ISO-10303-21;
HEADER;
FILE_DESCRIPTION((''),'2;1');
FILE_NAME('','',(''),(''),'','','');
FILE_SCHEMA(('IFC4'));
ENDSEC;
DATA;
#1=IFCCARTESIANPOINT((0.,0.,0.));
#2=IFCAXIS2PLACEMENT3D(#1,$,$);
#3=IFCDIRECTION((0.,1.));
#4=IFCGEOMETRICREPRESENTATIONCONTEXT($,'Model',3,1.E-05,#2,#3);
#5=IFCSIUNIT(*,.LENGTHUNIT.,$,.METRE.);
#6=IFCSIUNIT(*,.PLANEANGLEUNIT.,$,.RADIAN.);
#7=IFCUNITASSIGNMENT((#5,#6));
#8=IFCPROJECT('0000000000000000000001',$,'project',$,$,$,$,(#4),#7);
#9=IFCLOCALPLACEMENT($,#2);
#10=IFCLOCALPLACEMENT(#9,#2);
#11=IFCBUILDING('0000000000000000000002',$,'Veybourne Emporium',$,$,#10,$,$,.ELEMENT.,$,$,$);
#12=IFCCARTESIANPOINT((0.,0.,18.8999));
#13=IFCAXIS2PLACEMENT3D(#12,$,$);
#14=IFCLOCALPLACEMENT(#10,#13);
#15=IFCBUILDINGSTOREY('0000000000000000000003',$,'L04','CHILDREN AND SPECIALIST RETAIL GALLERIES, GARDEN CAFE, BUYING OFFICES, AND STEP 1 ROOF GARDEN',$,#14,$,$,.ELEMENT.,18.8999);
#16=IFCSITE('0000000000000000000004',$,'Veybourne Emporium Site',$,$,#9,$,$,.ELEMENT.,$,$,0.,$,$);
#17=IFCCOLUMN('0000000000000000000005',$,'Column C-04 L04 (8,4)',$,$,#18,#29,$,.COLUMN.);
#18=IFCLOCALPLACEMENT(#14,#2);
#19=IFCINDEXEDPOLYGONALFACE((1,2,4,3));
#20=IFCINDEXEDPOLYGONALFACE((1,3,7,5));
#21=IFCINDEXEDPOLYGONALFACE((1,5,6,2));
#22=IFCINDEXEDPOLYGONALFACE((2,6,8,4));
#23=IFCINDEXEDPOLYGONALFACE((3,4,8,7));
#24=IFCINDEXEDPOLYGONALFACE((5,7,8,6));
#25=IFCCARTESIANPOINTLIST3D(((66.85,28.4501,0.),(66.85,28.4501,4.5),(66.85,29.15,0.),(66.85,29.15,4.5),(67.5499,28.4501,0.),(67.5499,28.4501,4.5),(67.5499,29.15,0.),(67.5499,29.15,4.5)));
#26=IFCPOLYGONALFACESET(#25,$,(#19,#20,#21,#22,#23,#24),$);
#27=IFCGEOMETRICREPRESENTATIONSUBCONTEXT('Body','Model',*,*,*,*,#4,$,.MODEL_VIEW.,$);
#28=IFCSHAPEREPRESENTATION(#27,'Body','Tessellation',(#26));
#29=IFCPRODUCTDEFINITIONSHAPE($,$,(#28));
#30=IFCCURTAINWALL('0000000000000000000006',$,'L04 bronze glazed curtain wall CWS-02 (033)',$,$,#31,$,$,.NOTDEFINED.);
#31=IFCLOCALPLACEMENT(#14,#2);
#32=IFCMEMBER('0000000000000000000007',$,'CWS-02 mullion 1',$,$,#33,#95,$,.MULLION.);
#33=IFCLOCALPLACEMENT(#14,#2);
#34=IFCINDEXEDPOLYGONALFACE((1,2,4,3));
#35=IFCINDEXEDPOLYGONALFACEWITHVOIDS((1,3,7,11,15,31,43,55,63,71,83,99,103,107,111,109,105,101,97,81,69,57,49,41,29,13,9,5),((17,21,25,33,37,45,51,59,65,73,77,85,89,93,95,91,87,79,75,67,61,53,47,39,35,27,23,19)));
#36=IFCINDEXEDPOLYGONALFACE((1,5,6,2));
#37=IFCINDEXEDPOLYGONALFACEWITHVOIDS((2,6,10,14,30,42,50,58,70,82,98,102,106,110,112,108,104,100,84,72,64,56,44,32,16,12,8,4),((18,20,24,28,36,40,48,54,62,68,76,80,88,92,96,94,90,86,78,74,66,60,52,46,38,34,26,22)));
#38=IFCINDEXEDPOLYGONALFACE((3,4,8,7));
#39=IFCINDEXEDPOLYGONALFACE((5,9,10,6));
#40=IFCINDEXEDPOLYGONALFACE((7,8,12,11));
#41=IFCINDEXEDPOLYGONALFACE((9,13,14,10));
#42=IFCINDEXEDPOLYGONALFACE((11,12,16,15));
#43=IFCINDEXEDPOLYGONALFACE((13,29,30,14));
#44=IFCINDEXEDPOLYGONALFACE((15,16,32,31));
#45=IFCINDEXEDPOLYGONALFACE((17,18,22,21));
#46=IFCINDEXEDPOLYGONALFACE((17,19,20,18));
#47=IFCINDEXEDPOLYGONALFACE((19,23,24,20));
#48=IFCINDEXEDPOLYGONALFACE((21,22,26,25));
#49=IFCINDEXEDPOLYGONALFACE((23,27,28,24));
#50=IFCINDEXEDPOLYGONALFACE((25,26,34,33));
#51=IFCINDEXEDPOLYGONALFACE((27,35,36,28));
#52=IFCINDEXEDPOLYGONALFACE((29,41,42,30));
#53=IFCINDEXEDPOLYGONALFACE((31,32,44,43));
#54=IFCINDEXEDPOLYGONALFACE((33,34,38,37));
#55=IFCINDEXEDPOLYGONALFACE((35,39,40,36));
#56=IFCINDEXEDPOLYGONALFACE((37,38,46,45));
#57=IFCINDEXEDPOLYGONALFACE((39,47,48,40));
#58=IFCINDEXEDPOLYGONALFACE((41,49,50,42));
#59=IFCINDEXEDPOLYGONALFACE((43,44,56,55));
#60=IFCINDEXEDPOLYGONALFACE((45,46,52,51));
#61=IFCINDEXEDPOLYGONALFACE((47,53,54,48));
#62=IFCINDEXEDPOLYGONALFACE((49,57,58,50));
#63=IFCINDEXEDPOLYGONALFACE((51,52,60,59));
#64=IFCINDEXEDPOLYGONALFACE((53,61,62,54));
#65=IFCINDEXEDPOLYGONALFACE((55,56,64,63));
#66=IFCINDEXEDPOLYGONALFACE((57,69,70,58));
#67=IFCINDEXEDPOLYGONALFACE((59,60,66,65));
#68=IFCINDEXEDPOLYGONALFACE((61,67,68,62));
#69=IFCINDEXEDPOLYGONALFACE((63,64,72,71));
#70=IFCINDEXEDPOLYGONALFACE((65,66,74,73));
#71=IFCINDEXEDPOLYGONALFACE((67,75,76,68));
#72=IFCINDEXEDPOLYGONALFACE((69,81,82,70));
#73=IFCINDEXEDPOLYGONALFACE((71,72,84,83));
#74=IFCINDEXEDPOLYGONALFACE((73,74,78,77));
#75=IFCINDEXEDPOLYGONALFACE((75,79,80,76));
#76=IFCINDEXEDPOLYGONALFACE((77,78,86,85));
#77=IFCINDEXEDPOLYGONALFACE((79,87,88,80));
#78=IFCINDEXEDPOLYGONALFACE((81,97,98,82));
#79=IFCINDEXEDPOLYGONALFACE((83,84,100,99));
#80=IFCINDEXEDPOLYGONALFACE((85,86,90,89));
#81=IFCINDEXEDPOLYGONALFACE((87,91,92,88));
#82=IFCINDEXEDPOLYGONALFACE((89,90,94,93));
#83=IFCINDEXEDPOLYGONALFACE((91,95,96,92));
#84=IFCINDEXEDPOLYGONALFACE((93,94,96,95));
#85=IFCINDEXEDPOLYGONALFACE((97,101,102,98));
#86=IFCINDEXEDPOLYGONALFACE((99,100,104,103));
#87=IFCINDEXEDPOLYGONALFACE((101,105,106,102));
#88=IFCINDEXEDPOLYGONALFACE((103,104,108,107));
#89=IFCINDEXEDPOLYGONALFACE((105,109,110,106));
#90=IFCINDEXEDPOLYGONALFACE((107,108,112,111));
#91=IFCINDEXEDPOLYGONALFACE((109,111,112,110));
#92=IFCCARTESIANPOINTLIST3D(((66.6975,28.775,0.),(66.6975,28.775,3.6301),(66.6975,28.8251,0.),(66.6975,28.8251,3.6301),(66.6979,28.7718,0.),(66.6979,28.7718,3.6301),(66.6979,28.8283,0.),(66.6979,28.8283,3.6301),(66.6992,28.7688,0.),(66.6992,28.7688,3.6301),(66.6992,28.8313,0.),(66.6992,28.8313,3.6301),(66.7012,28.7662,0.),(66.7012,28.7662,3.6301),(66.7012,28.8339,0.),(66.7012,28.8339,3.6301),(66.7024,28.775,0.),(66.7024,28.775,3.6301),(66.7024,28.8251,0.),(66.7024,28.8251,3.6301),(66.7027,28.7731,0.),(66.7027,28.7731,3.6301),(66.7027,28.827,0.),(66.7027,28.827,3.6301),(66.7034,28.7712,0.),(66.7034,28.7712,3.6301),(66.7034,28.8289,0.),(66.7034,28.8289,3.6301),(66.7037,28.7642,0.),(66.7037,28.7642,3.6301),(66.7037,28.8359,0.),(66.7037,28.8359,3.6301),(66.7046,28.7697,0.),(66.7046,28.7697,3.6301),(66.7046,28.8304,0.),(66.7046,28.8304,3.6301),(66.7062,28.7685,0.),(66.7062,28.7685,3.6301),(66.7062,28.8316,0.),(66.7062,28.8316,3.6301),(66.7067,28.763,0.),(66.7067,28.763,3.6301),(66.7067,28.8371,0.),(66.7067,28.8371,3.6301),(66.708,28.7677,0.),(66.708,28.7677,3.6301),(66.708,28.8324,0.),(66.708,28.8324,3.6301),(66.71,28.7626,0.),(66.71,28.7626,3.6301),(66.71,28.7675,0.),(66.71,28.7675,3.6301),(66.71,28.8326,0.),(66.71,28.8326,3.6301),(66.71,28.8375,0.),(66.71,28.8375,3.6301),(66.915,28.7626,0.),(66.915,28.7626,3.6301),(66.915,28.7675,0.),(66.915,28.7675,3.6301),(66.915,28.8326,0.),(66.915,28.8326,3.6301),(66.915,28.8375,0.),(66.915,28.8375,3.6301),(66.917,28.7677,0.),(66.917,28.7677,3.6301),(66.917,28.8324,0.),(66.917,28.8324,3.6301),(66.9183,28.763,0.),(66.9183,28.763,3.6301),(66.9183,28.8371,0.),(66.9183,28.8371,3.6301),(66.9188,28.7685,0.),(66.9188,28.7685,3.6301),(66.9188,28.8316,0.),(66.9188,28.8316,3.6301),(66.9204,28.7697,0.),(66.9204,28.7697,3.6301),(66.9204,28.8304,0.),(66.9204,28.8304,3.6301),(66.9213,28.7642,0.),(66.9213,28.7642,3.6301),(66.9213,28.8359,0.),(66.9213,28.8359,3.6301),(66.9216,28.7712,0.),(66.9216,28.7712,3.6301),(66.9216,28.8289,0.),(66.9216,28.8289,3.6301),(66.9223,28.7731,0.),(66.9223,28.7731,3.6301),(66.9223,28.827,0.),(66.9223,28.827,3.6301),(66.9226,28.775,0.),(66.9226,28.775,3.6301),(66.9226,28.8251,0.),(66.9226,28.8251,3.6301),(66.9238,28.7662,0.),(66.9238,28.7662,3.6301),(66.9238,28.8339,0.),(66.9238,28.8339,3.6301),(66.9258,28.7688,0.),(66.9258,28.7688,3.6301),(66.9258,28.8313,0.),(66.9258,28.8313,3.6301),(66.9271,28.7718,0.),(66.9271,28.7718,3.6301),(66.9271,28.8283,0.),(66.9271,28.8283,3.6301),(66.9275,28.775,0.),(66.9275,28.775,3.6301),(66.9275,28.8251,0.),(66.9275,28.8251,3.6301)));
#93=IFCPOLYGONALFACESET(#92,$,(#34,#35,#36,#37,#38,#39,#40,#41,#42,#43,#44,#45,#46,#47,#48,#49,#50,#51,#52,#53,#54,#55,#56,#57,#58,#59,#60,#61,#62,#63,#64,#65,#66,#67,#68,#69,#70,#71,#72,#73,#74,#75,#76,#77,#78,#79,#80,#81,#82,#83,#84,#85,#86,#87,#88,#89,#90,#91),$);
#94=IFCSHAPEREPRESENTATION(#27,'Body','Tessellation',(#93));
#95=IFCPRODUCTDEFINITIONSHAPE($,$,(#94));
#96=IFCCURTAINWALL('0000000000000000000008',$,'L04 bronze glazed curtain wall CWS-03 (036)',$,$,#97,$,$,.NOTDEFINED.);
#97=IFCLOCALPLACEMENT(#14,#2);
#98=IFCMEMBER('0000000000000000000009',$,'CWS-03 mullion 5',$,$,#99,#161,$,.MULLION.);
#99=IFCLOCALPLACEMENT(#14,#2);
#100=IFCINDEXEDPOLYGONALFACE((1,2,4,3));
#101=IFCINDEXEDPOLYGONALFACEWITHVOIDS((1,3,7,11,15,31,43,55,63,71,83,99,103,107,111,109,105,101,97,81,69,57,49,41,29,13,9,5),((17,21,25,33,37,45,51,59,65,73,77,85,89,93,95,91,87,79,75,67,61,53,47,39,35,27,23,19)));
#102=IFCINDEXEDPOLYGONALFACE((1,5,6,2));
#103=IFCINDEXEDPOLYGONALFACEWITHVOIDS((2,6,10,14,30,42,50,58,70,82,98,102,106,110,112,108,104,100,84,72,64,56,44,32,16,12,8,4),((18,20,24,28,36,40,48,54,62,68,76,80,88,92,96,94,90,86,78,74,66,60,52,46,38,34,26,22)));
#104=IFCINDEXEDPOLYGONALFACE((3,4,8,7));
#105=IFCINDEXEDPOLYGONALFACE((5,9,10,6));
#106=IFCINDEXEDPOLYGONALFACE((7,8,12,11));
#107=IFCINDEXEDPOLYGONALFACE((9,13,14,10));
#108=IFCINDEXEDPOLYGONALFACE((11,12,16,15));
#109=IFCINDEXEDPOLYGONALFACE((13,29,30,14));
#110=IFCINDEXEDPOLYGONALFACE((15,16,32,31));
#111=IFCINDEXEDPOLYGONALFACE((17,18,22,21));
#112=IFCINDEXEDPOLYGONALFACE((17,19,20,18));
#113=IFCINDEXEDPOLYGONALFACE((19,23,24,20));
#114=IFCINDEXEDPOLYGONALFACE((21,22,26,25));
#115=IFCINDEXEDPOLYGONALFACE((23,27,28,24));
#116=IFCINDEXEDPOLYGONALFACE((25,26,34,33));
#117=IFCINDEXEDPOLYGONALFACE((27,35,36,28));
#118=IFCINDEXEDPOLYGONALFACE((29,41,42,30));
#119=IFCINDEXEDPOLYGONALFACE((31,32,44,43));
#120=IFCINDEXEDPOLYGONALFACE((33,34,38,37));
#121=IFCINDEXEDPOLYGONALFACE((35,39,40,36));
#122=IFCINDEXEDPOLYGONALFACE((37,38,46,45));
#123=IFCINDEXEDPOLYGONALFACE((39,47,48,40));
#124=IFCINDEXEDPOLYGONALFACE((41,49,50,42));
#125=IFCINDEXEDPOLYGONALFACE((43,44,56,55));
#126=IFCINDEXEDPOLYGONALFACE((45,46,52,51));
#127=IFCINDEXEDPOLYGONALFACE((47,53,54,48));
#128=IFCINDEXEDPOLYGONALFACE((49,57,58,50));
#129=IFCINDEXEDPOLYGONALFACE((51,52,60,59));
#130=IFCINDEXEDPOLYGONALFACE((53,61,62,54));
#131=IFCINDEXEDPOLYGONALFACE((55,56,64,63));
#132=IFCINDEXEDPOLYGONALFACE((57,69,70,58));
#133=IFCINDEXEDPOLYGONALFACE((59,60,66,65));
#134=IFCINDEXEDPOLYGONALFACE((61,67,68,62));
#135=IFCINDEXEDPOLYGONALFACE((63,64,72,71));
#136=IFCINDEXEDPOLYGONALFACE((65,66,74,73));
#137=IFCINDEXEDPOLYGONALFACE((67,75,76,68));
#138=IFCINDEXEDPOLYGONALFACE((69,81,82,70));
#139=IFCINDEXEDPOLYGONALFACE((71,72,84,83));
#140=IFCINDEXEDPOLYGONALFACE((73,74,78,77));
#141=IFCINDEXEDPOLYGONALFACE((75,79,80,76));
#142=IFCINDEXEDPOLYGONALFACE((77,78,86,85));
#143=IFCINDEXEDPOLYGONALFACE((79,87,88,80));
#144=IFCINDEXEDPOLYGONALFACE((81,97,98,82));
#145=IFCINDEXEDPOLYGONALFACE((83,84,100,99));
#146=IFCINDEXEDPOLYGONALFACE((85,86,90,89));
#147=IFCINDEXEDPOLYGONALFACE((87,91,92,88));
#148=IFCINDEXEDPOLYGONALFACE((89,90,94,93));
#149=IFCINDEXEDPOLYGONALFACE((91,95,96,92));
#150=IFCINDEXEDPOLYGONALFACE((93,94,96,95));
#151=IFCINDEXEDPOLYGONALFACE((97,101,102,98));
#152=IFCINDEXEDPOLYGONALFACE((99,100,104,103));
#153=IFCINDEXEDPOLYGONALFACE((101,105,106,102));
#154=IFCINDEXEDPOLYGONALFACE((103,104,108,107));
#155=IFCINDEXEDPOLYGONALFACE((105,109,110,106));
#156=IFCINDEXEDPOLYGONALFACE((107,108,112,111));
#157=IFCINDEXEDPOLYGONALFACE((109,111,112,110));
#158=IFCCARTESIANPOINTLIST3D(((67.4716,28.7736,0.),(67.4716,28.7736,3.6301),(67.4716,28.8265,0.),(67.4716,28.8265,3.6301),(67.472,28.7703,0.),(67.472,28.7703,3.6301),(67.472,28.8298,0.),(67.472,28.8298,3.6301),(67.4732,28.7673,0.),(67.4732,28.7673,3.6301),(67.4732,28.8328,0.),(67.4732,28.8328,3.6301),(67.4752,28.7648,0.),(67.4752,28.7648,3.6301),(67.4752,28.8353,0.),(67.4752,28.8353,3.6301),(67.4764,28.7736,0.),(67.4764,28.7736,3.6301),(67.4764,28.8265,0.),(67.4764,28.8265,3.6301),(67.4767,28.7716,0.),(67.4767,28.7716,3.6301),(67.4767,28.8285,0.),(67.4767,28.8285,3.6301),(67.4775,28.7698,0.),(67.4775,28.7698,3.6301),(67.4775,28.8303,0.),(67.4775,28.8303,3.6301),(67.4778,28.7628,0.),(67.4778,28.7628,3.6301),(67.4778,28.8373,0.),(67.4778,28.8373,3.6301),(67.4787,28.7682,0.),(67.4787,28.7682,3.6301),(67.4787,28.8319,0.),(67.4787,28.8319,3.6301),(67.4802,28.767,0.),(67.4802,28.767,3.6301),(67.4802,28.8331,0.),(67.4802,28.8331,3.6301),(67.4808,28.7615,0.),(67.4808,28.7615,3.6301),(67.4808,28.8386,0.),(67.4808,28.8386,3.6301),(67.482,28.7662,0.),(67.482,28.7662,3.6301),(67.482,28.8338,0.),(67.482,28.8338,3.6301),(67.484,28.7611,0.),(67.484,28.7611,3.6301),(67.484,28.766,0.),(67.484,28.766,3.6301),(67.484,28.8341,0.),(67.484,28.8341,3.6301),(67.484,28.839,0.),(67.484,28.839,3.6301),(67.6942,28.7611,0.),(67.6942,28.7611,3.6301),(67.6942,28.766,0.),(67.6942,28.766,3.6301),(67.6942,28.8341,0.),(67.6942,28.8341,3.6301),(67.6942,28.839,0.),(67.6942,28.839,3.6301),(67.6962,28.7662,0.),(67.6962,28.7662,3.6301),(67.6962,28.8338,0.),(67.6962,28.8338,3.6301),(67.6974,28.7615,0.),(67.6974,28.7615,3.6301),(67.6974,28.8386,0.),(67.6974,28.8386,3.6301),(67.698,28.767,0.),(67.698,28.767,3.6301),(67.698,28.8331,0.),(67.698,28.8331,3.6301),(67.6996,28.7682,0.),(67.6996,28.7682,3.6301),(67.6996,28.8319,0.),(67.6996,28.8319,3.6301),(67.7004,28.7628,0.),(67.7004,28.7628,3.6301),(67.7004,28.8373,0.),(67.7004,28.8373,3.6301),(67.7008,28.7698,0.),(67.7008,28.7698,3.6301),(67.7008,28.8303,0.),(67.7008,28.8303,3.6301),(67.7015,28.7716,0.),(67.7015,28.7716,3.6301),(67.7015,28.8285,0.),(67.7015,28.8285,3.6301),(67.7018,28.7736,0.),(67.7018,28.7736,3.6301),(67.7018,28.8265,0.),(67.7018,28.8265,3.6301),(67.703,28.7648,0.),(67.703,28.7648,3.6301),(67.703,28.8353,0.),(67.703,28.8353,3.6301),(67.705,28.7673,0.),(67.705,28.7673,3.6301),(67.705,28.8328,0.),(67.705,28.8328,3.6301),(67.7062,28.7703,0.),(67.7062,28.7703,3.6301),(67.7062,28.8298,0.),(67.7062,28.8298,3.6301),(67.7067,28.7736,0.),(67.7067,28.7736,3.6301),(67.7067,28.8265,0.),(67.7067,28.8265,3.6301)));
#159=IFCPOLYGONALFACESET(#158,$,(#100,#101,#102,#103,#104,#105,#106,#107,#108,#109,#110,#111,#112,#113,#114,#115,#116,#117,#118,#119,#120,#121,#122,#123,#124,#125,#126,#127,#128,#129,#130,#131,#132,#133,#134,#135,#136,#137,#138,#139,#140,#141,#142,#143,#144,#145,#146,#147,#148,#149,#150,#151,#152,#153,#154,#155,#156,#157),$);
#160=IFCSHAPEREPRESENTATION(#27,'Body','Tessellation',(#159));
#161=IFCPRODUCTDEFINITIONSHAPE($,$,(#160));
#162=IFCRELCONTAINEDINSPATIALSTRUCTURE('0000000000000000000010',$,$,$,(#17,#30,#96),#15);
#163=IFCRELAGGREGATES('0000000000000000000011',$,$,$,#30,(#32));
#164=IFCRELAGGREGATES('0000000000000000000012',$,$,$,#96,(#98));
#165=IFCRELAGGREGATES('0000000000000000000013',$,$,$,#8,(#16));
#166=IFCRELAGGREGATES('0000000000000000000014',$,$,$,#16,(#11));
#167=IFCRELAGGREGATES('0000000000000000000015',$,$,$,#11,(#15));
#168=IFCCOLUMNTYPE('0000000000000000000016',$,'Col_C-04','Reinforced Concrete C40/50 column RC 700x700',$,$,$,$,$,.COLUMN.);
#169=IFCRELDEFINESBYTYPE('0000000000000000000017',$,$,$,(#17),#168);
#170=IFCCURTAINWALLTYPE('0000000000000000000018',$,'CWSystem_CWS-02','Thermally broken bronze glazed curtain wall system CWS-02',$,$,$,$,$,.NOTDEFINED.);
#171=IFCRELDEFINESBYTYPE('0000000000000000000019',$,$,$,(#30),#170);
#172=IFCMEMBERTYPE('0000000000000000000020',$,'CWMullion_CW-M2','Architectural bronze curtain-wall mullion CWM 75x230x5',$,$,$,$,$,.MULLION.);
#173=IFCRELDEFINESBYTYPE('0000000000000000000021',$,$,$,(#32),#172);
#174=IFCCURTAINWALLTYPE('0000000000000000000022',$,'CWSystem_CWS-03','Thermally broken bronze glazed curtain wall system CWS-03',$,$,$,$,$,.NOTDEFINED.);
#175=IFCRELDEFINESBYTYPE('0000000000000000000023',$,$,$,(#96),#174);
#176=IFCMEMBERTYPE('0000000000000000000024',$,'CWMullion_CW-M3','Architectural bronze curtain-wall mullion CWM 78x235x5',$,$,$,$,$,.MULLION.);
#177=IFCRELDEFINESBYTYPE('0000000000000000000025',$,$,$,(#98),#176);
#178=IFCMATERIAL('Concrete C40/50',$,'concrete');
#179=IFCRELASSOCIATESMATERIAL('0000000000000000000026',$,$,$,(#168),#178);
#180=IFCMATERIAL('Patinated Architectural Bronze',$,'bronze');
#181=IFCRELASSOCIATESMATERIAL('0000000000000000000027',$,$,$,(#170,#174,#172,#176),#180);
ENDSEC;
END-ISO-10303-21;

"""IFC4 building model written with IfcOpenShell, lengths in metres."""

from ifc_helpers import new_model, si_unit, direction, frame, origin, origin_2d, place, context, subcontext, project, spatial, rectangle, hollow_rectangle, extrude, material, material_profile, profile_set, type_object, element, aggregate, save


model = new_model("IFC4")

# Units and contexts
model_context = context("Model", 3, precision=1e-05, world=origin(), true_north=direction((0.0, 1.0)))
body_context = subcontext(model_context, "Body", "Model", "MODEL_VIEW")
ifc_project = project(units=[si_unit("LENGTHUNIT", "METRE"), si_unit("PLANEANGLEUNIT", "RADIAN")], contexts=[model_context])

# Site, building, storey
site_placement = place(None, origin())
site = spatial("IfcSite", under=ifc_project, at=site_placement, Name="Veybourne Emporium Site", CompositionType="ELEMENT", RefElevation=0.0)
building_placement = place(site_placement, origin())
building = spatial("IfcBuilding", under=site, at=building_placement, Name="Veybourne Emporium", CompositionType="ELEMENT")
storey_placement = place(building_placement, frame((0.0, 0.0, 18.8999)))
storey = spatial("IfcBuildingStorey", under=building, at=storey_placement, Name="L04", Description="CHILDREN AND SPECIALIST RETAIL GALLERIES, GARDEN CAFE, BUYING OFFICES, AND STEP 1 ROOF GARDEN", CompositionType="ELEMENT", Elevation=18.8999)

# Column
ifc_material_1 = material(Name="Concrete C40/50", Category="concrete")
ifc_material_profile_1 = material_profile(ifc_material_1, rectangle(XDim=0.7, YDim=0.7, at=origin_2d()), Name="RC 700x700")
ifc_profile_set_1 = profile_set([ifc_material_profile_1], Name="Concrete C40/50")
column_type = type_object("IfcColumnType", Name="Col_C-04", Description="Reinforced Concrete C40/50 column RC 700x700", PredefinedType="COLUMN", material=ifc_profile_set_1)
column_placement = place(storey_placement, frame((67.2, 28.8, 0.0), z_axis=(0.0, 0.0, 1.0), x_axis=(1.0, 0.0, 0.0)))
element("IfcColumn", 1, at=column_placement, inside=storey, type_object=column_type, Name="Column C-04 L04 (8,4)", PredefinedType="COLUMN", context=body_context, shape_type="SweptSolid", body=[
    extrude(rectangle(XDim=0.7, YDim=0.7, at=origin_2d()), origin(), (0.0, 0.0, 1.0), 4.5),
])

# Curtain walls, members
ifc_material_2 = material(Name="Patinated Architectural Bronze", Category="bronze")
curtain_wall_type_1 = type_object("IfcCurtainWallType", Name="CWSystem_CWS-02", Description="Thermally broken bronze glazed curtain wall system CWS-02", PredefinedType="NOTDEFINED", material=ifc_material_2)
curtain_wall_1_placement = place(storey_placement, origin())
curtain_wall_1 = element("IfcCurtainWall", 2, at=curtain_wall_1_placement, inside=storey, type_object=curtain_wall_type_1, Name="L04 bronze glazed curtain wall CWS-02 (033)", PredefinedType="NOTDEFINED")
ifc_material_profile_2 = material_profile(ifc_material_2, hollow_rectangle(XDim=0.075, YDim=0.23, WallThickness=0.0049, InnerFilletRadius=0.0076, OuterFilletRadius=0.0125, at=origin_2d()), Name="CWM 75x230x5")
ifc_profile_set_2 = profile_set([ifc_material_profile_2], Name="Patinated Architectural Bronze")
member_type_1 = type_object("IfcMemberType", Name="CWMullion_CW-M2", Description="Architectural bronze curtain-wall mullion CWM 75x230x5", PredefinedType="MULLION", material=ifc_profile_set_2)
member_1_placement = place(storey_placement, frame((66.8125, 28.8, 0.0), z_axis=(0.0, 0.0, 1.0), x_axis=(0.0, -1.0, 0.0)))
member_1 = element("IfcMember", 3, at=member_1_placement, type_object=member_type_1, Name="CWS-02 mullion 1", PredefinedType="MULLION", context=body_context, shape_type="SweptSolid", body=[
    extrude(hollow_rectangle(XDim=0.075, YDim=0.23, WallThickness=0.0049, InnerFilletRadius=0.0076, OuterFilletRadius=0.0125, at=origin_2d()), origin(), (0.0, 0.0, 1.0), 3.6301),
])
curtain_wall_type_2 = type_object("IfcCurtainWallType", Name="CWSystem_CWS-03", Description="Thermally broken bronze glazed curtain wall system CWS-03", PredefinedType="NOTDEFINED", material=ifc_material_2)
curtain_wall_2_placement = place(storey_placement, origin())
curtain_wall_2 = element("IfcCurtainWall", 4, at=curtain_wall_2_placement, inside=storey, type_object=curtain_wall_type_2, Name="L04 bronze glazed curtain wall CWS-03 (036)", PredefinedType="NOTDEFINED")
ifc_material_profile_3 = material_profile(ifc_material_2, hollow_rectangle(XDim=0.0779, YDim=0.2351, WallThickness=0.0049, InnerFilletRadius=0.0076, OuterFilletRadius=0.0125, at=origin_2d()), Name="CWM 78x235x5")
ifc_profile_set_3 = profile_set([ifc_material_profile_3], Name="Patinated Architectural Bronze")
member_type_2 = type_object("IfcMemberType", Name="CWMullion_CW-M3", Description="Architectural bronze curtain-wall mullion CWM 78x235x5", PredefinedType="MULLION", material=ifc_profile_set_3)
member_2_placement = place(storey_placement, frame((67.5891, 28.8, 0.0), z_axis=(0.0, 0.0, 1.0), x_axis=(0.0, -1.0, 0.0)))
member_2 = element("IfcMember", 5, at=member_2_placement, type_object=member_type_2, Name="CWS-03 mullion 5", PredefinedType="MULLION", context=body_context, shape_type="SweptSolid", body=[
    extrude(hollow_rectangle(XDim=0.0779, YDim=0.2351, WallThickness=0.0049, InnerFilletRadius=0.0076, OuterFilletRadius=0.0125, at=origin_2d()), origin(), (0.0, 0.0, 1.0), 3.6301),
])

aggregate(curtain_wall_1, [member_1])

aggregate(curtain_wall_2, [member_2])

save(model, "model.ifc")
